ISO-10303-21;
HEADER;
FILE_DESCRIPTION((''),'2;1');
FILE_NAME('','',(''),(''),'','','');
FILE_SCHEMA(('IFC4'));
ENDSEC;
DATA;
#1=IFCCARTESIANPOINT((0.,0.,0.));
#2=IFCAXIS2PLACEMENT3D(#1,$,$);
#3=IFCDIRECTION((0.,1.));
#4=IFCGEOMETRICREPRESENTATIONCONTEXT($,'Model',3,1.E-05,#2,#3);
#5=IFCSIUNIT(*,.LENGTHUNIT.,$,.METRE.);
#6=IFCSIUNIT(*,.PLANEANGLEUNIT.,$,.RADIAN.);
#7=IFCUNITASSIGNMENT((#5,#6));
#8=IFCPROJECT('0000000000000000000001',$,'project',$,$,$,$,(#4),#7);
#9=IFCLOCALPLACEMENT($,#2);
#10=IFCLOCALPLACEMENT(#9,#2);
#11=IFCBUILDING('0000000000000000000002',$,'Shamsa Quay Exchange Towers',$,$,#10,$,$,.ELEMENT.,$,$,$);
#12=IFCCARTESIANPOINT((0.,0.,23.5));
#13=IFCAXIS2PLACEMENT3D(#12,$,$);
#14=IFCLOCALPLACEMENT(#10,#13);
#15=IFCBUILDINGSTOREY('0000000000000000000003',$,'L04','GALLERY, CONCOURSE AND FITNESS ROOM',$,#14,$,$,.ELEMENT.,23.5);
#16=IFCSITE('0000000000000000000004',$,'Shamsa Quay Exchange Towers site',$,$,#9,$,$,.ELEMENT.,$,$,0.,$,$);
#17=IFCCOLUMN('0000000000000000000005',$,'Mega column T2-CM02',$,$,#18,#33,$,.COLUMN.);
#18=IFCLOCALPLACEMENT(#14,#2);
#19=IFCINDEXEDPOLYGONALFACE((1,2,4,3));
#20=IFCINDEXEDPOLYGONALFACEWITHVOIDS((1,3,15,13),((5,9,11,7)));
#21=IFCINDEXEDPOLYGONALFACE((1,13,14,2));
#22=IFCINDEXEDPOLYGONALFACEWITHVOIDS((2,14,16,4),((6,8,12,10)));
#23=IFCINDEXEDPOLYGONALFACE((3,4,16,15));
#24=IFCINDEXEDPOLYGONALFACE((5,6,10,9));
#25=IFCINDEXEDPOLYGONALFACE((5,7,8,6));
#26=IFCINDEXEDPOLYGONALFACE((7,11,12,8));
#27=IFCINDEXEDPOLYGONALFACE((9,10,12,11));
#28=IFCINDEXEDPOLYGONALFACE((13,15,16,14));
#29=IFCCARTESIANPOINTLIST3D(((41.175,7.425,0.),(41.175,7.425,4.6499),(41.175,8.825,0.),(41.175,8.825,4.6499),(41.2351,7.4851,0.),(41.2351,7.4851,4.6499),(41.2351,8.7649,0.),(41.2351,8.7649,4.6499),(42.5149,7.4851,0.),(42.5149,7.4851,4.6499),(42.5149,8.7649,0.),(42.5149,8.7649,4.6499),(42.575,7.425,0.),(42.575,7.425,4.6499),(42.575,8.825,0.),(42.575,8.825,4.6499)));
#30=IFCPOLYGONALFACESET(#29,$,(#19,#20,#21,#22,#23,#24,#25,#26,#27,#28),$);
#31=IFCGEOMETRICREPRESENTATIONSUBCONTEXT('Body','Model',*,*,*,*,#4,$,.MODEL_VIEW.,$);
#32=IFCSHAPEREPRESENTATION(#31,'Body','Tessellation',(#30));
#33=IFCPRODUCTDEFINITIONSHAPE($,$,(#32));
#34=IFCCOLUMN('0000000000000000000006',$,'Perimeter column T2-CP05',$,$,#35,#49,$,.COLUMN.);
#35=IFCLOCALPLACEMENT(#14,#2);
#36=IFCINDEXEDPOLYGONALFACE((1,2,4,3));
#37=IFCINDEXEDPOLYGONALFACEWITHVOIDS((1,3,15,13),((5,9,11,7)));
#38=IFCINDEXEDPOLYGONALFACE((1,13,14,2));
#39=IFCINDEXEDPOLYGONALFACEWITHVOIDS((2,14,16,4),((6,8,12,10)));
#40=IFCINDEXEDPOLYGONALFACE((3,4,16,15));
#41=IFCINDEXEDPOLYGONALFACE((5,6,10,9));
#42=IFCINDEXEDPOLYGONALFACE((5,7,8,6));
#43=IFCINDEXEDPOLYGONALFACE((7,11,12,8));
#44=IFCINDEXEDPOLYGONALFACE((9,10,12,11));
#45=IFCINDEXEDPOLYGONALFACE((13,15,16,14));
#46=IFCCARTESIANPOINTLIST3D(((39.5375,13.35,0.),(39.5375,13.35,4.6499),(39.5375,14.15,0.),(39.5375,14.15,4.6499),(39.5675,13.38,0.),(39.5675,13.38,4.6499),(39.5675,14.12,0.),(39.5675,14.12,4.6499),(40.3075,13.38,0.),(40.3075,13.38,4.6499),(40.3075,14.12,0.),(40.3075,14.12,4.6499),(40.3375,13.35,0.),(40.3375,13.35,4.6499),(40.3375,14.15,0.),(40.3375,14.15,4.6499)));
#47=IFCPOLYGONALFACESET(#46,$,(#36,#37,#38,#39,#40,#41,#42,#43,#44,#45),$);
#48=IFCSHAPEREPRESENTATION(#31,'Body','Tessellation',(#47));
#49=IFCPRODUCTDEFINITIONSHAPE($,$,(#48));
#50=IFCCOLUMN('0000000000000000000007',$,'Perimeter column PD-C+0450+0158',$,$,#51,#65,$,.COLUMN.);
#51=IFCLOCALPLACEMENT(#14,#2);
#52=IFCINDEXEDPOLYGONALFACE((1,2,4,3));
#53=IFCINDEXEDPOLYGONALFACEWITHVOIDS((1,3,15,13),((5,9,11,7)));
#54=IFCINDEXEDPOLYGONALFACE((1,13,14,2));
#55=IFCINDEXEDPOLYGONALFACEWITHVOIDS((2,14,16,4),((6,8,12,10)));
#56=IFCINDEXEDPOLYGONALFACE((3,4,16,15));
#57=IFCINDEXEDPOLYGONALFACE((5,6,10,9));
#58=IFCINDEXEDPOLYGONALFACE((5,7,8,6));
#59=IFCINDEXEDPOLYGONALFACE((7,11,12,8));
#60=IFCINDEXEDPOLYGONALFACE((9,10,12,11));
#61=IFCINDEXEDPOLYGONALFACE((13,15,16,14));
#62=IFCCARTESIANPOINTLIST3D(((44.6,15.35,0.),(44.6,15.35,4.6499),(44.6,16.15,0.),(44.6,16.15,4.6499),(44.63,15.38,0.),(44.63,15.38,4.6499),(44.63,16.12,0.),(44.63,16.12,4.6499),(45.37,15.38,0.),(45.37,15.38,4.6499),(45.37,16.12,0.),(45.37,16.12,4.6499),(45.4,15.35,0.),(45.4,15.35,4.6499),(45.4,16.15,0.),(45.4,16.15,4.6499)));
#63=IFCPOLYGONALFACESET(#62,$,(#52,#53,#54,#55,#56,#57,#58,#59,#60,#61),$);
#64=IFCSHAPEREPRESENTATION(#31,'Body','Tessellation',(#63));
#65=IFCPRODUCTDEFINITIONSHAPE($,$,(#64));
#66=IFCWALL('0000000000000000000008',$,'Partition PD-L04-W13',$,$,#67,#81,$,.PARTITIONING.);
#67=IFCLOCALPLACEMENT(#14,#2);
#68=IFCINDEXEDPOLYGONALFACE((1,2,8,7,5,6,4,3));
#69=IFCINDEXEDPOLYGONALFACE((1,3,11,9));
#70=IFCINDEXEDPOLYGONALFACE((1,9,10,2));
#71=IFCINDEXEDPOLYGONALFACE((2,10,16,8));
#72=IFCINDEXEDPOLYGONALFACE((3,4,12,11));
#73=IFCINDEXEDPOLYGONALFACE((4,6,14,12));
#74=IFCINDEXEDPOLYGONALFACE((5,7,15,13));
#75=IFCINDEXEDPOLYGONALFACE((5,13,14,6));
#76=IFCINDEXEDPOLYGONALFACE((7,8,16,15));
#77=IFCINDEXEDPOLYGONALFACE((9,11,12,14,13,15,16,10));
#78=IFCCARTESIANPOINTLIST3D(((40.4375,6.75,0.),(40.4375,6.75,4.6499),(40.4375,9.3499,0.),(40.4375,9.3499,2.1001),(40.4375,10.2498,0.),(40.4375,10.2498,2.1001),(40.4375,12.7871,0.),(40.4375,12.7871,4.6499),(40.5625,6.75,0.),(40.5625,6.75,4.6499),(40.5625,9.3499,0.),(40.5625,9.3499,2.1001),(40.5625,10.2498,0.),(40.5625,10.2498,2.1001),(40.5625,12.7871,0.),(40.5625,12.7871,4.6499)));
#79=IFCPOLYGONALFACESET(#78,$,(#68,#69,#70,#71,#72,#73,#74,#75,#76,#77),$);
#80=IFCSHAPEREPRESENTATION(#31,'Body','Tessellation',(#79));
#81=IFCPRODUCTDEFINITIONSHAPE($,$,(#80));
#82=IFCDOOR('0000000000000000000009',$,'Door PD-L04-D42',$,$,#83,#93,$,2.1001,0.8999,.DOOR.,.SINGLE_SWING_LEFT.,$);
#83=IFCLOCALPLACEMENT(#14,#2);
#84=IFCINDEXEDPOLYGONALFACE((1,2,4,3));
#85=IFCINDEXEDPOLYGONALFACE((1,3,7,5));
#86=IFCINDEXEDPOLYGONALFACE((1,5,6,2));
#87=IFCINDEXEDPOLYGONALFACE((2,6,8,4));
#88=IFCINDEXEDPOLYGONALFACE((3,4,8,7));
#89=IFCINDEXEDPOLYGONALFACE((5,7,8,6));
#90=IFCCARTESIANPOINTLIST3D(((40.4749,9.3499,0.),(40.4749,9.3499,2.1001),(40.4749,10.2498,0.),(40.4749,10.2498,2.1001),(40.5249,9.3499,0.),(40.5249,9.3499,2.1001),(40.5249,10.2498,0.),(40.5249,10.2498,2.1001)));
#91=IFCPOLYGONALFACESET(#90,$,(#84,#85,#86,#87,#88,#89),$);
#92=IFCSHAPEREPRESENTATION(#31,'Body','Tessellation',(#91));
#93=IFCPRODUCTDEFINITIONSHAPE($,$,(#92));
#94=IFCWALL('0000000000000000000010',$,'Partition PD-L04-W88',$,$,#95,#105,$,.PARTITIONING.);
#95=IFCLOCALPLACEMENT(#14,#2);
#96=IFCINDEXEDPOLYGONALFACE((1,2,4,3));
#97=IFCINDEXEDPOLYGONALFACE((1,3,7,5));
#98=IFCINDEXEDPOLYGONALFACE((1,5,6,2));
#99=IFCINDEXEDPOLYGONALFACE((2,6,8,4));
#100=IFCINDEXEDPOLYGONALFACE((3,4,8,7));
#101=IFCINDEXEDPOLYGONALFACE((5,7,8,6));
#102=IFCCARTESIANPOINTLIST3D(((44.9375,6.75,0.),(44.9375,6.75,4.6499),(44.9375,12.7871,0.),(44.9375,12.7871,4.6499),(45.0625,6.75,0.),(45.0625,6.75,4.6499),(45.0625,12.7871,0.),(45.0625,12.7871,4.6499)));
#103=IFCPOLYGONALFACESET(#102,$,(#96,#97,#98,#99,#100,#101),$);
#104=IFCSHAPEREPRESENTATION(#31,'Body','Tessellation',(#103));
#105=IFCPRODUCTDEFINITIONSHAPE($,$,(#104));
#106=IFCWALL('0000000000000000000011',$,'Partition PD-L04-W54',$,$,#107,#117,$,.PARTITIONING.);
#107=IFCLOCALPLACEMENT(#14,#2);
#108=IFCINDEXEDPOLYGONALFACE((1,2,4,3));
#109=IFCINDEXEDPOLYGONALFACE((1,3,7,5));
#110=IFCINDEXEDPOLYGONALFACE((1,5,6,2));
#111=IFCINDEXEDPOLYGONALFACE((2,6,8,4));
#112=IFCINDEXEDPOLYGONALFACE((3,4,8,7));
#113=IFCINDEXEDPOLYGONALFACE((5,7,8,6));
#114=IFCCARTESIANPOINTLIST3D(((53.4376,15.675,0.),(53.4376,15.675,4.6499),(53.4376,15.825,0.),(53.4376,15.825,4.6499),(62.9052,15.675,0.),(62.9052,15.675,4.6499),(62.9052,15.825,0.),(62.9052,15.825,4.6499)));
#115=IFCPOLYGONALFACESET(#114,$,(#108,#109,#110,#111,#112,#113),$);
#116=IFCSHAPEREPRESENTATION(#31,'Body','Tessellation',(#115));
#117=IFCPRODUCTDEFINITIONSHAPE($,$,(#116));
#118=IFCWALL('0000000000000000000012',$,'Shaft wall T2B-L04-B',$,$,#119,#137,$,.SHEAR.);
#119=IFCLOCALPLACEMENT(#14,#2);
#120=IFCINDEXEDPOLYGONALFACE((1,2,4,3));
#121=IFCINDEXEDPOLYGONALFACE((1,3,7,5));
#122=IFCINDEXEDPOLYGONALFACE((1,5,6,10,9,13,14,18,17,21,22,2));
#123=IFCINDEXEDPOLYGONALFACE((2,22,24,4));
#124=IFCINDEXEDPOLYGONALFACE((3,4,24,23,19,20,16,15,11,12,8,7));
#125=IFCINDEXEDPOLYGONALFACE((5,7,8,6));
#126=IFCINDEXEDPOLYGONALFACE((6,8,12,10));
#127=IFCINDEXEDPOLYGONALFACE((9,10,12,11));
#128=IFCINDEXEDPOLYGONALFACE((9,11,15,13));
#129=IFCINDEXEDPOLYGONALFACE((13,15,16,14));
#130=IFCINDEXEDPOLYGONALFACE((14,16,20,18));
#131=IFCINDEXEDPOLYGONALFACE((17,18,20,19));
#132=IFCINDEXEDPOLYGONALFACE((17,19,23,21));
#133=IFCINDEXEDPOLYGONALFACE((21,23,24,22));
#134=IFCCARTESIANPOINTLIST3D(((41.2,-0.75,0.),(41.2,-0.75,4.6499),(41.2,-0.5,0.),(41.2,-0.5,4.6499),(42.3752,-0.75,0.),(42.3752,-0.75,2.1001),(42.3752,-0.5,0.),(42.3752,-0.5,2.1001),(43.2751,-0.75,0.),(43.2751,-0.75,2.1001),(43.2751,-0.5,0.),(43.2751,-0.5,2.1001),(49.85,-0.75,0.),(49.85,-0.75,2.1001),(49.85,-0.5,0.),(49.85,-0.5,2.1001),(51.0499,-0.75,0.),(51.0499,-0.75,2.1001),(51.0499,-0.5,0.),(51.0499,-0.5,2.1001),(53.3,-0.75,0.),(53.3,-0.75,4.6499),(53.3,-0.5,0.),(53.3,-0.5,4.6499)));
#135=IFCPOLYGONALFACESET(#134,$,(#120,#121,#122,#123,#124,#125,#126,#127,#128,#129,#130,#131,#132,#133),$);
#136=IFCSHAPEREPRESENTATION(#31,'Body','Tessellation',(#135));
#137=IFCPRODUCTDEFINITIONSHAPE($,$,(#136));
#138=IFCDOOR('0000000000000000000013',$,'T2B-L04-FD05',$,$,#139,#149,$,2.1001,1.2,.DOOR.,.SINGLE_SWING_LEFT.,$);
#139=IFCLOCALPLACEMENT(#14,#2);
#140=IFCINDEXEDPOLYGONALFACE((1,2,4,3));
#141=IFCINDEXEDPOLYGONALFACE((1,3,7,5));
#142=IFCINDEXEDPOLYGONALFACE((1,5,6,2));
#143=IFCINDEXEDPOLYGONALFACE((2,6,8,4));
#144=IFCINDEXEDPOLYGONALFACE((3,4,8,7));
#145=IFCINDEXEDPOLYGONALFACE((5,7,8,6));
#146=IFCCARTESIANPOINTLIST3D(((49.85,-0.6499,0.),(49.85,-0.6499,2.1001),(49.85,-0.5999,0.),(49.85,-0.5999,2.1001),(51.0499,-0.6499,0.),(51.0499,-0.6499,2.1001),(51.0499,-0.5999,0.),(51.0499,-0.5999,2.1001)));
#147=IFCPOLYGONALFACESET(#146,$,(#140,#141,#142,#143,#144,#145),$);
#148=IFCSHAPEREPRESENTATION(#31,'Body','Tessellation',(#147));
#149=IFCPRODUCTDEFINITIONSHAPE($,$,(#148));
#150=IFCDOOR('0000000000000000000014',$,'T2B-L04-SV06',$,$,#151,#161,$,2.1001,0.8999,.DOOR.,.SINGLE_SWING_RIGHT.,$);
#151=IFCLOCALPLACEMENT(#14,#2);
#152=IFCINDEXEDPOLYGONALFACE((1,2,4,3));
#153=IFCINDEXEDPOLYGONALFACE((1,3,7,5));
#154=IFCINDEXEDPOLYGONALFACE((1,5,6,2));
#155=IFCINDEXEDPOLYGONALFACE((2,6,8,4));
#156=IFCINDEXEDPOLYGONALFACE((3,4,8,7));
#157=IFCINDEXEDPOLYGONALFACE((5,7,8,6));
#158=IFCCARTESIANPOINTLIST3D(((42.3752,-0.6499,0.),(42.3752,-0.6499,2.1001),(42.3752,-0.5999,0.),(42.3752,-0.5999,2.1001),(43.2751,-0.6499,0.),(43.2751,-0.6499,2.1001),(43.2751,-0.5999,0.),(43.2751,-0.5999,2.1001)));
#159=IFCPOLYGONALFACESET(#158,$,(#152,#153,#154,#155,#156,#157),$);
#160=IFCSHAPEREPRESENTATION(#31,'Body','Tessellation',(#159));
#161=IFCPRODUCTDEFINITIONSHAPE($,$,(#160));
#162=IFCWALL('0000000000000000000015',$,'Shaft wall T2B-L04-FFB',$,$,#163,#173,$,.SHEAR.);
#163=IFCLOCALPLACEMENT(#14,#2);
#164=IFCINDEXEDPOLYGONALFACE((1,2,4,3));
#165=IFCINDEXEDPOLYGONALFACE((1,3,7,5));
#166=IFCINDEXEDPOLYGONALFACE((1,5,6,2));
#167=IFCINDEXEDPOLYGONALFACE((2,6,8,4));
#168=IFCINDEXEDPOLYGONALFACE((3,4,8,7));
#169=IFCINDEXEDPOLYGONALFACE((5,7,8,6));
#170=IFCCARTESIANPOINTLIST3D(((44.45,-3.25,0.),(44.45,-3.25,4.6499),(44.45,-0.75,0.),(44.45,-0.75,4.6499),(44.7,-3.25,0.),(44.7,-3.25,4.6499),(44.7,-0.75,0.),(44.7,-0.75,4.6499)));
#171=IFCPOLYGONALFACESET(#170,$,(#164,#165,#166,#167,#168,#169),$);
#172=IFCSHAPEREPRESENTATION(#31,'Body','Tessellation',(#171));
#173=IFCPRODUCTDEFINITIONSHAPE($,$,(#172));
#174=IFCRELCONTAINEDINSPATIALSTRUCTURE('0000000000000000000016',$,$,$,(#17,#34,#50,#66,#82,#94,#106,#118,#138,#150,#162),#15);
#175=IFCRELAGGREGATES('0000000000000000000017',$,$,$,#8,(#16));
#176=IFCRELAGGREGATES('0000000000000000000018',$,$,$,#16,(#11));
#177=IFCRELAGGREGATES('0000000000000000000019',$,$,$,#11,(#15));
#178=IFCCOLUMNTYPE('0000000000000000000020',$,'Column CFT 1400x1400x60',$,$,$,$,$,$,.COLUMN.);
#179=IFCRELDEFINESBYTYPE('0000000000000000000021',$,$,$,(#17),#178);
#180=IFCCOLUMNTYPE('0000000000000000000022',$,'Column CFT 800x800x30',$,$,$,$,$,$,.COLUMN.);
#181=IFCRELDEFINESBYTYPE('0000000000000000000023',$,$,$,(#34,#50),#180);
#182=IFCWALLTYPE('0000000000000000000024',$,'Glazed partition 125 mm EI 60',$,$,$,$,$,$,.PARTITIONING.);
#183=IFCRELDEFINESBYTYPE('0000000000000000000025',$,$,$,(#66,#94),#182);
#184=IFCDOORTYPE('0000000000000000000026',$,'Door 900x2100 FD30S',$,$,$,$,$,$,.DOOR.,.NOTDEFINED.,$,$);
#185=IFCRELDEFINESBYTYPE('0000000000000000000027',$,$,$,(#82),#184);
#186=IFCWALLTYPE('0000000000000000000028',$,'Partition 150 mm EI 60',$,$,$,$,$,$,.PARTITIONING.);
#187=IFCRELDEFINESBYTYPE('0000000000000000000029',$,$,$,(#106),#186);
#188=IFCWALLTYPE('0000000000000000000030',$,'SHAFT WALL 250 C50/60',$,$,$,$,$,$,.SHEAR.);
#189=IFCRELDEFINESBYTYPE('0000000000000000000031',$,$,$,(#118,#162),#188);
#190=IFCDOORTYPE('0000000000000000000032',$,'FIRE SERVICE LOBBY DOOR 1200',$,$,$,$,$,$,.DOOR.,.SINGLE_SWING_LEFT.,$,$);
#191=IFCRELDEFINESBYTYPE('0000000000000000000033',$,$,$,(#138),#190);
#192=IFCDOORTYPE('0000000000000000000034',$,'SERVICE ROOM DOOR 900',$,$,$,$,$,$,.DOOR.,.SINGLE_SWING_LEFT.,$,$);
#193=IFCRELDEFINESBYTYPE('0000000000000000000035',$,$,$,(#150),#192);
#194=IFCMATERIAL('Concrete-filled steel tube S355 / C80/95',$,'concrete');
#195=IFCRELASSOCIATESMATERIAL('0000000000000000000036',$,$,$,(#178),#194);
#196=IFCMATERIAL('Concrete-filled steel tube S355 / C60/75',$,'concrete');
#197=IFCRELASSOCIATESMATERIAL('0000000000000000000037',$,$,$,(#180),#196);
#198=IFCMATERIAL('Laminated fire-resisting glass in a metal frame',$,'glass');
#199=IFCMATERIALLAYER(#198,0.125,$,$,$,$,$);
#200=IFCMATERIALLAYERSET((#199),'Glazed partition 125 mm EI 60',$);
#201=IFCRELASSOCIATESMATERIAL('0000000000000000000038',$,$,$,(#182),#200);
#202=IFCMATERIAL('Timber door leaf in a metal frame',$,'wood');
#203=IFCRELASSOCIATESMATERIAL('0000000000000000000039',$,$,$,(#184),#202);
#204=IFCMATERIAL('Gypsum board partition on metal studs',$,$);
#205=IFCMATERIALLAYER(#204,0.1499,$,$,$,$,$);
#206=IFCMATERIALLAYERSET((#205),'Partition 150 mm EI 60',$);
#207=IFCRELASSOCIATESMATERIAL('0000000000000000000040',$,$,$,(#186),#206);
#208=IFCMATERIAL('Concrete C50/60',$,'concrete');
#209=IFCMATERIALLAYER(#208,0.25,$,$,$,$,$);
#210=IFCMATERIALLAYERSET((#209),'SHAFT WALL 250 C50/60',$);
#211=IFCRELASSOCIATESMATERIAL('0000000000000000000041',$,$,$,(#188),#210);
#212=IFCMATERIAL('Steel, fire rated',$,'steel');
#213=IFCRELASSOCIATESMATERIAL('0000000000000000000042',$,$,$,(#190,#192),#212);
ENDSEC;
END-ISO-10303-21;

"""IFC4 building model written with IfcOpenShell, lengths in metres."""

from ifc_helpers import new_model, si_unit, direction, frame, frame_2d, origin, origin_2d, place, context, subcontext, project, spatial, rectangle, hollow_rectangle, extrude, material, layer, layer_set, material_profile, profile_set, type_object, element, fill, save


model = new_model("IFC4")

# Units and contexts
model_context = context("Model", 3, precision=1e-05, world=origin(), true_north=direction((0.0, 1.0)))
body_context = subcontext(model_context, "Body", "Model", "MODEL_VIEW")
ifc_project = project(units=[si_unit("LENGTHUNIT", "METRE"), si_unit("PLANEANGLEUNIT", "RADIAN")], contexts=[model_context])

# Site, building, storey
site_placement = place(None, origin())
site = spatial("IfcSite", under=ifc_project, at=site_placement, Name="Shamsa Quay Exchange Towers site", CompositionType="ELEMENT", RefElevation=0.0)
building_placement = place(site_placement, origin())
building = spatial("IfcBuilding", under=site, at=building_placement, Name="Shamsa Quay Exchange Towers", CompositionType="ELEMENT")
storey_placement = place(building_placement, frame((0.0, 0.0, 23.5)))
storey = spatial("IfcBuildingStorey", under=building, at=storey_placement, Name="L04", Description="GALLERY, CONCOURSE AND FITNESS ROOM", CompositionType="ELEMENT", Elevation=23.5)

# Columns
ifc_material_1 = material(Name="Concrete-filled steel tube S355 / C80/95", Category="concrete")
ifc_material_profile_1 = material_profile(ifc_material_1, hollow_rectangle(XDim=1.3999, YDim=1.3999, WallThickness=0.0601, at=origin_2d()), Name="CFT 1400x1400x60")
ifc_profile_set_1 = profile_set([ifc_material_profile_1], Name="Concrete-filled steel tube S355 / C80/95")
column_type_1 = type_object("IfcColumnType", Name="Column CFT 1400x1400x60", PredefinedType="COLUMN", material=ifc_profile_set_1)
column_placement = place(storey_placement, frame((41.875, 8.125, 0.0)))
element("IfcColumn", 1, at=column_placement, inside=storey, type_object=column_type_1, Name="Mega column T2-CM02", PredefinedType="COLUMN", context=body_context, shape_type="SweptSolid", body=[
    extrude(hollow_rectangle(XDim=1.3999, YDim=1.3999, WallThickness=0.0601, at=origin_2d()), origin(), (0.0, 0.0, 1.0), 4.6499),
])
ifc_material_2 = material(Name="Concrete-filled steel tube S355 / C60/75", Category="concrete")
ifc_material_profile_2 = material_profile(ifc_material_2, hollow_rectangle(XDim=0.8, YDim=0.8, WallThickness=0.03, at=origin_2d()), Name="CFT 800x800x30")
ifc_profile_set_2 = profile_set([ifc_material_profile_2], Name="Concrete-filled steel tube S355 / C60/75")
column_type_2 = type_object("IfcColumnType", Name="Column CFT 800x800x30", PredefinedType="COLUMN", material=ifc_profile_set_2)
for number, where, name in (
    (2, (39.9375, 13.75, 0.0), "Perimeter column T2-CP05"),
    (3, (45.0, 15.75, 0.0), "Perimeter column PD-C+0450+0158"),
):
    element("IfcColumn", number, at=place(storey_placement, frame(where)), inside=storey, type_object=column_type_2, Name=name, PredefinedType="COLUMN", context=body_context, shape_type="SweptSolid", body=[
        extrude(hollow_rectangle(XDim=0.8, YDim=0.8, WallThickness=0.03, at=origin_2d()), origin(), (0.0, 0.0, 1.0), 4.6499),
    ])

# Wall, opening, door
ifc_material_3 = material(Name="Laminated fire-resisting glass in a metal frame", Category="glass")
ifc_layer_1 = layer(ifc_material_3, 0.125)
ifc_layer_set_1 = layer_set([ifc_layer_1], Name="Glazed partition 125 mm EI 60")
wall_type_1 = type_object("IfcWallType", Name="Glazed partition 125 mm EI 60", PredefinedType="PARTITIONING", material=ifc_layer_set_1)
wall_1_placement = place(storey_placement, frame((40.5, 12.7871, 0.0), z_axis=(0.0, 0.0, 1.0), x_axis=(0.0, -1.0, 0.0)))
wall_1 = element("IfcWall", 4, at=wall_1_placement, inside=storey, type_object=wall_type_1, Name="Partition PD-L04-W13", PredefinedType="PARTITIONING", context=body_context, shape_type="SweptSolid", body=[
    extrude(rectangle(XDim=6.0371, YDim=0.125, at=frame_2d((3.0186, 0.0))), origin(), (0.0, 0.0, 1.0), 4.6499),
])
opening_1_placement = place(wall_1_placement, frame((2.5374, 0.0, 0.0)))
opening_1 = element("IfcOpeningElement", 5, at=opening_1_placement, cuts=wall_1, PredefinedType="OPENING", context=body_context, shape_type="SweptSolid", body=[
    extrude(rectangle(XDim=0.8999, YDim=2.1001, at=frame_2d((0.45, 1.05))), frame((0.0, 0.0725, 0.0), z_axis=(0.0, -1.0, 0.0), x_axis=(1.0, 0.0, 0.0)), (0.0, 0.0, 1.0), 0.145),
])
ifc_material_4 = material(Name="Timber door leaf in a metal frame", Category="wood")
door_type_1 = type_object("IfcDoorType", Name="Door 900x2100 FD30S", OperationType="NOTDEFINED", PredefinedType="DOOR", material=ifc_material_4)
door_1_placement = place(opening_1_placement, origin())
door_1 = element("IfcDoor", 6, at=door_1_placement, inside=storey, type_object=door_type_1, Name="Door PD-L04-D42", OperationType="SINGLE_SWING_LEFT", OverallHeight=2.1001, OverallWidth=0.8999, PredefinedType="DOOR", context=body_context, shape_type="SweptSolid", body=[
    extrude(rectangle(XDim=0.8999, YDim=2.1001, at=frame_2d((0.45, 1.05))), frame((0.0, 0.0249, 0.0), z_axis=(0.0, -1.0, 0.0), x_axis=(1.0, 0.0, 0.0)), (0.0, 0.0, 1.0), 0.05),
])
fill(opening_1, door_1)

# Walls
wall_2_placement = place(storey_placement, frame((45.0, 12.7871, 0.0), z_axis=(0.0, 0.0, 1.0), x_axis=(0.0, -1.0, 0.0)))
element("IfcWall", 7, at=wall_2_placement, inside=storey, type_object=wall_type_1, Name="Partition PD-L04-W88", PredefinedType="PARTITIONING", context=body_context, shape_type="SweptSolid", body=[
    extrude(rectangle(XDim=6.0371, YDim=0.125, at=frame_2d((3.0186, 0.0))), origin(), (0.0, 0.0, 1.0), 4.6499),
])
ifc_material_5 = material(Name="Gypsum board partition on metal studs")
ifc_layer_2 = layer(ifc_material_5, 0.1499)
ifc_layer_set_2 = layer_set([ifc_layer_2], Name="Partition 150 mm EI 60")
wall_type_2 = type_object("IfcWallType", Name="Partition 150 mm EI 60", PredefinedType="PARTITIONING", material=ifc_layer_set_2)
wall_3_placement = place(storey_placement, frame((53.4375, 15.75, 0.0)))
element("IfcWall", 8, at=wall_3_placement, inside=storey, type_object=wall_type_2, Name="Partition PD-L04-W54", PredefinedType="PARTITIONING", context=body_context, shape_type="SweptSolid", body=[
    extrude(rectangle(XDim=9.4675, YDim=0.1499, at=frame_2d((4.7339, 0.0))), origin(), (0.0, 0.0, 1.0), 4.6499),
])

# Wall, openings, doors
ifc_material_6 = material(Name="Concrete C50/60", Category="concrete")
ifc_layer_3 = layer(ifc_material_6, 0.25)
ifc_layer_set_3 = layer_set([ifc_layer_3], Name="SHAFT WALL 250 C50/60")
wall_type_3 = type_object("IfcWallType", Name="SHAFT WALL 250 C50/60", PredefinedType="SHEAR", material=ifc_layer_set_3)
wall_4_placement = place(storey_placement, frame((53.3, -0.625, 0.0), z_axis=(0.0, 0.0, 1.0), x_axis=(-1.0, 0.0, 0.0)))
wall_4 = element("IfcWall", 9, at=wall_4_placement, inside=storey, type_object=wall_type_3, Name="Shaft wall T2B-L04-B", PredefinedType="SHEAR", context=body_context, shape_type="SweptSolid", body=[
    extrude(rectangle(XDim=12.1001, YDim=0.25, at=frame_2d((6.05, 0.0))), origin(), (0.0, 0.0, 1.0), 4.6499),
])
opening_2_placement = place(wall_4_placement, frame((2.25, 0.0, 0.0)))
opening_2 = element("IfcOpeningElement", 10, at=opening_2_placement, cuts=wall_4, PredefinedType="OPENING", context=body_context, shape_type="SweptSolid", body=[
    extrude(rectangle(XDim=1.2, YDim=2.1001, at=frame_2d((0.6001, 1.05))), frame((0.0, 0.135, 0.0), z_axis=(0.0, -1.0, 0.0), x_axis=(1.0, 0.0, 0.0)), (0.0, 0.0, 1.0), 0.27),
])
opening_3_placement = place(wall_4_placement, frame((10.0249, 0.0, 0.0)))
opening_3 = element("IfcOpeningElement", 11, at=opening_3_placement, cuts=wall_4, PredefinedType="OPENING", context=body_context, shape_type="SweptSolid", body=[
    extrude(rectangle(XDim=0.8999, YDim=2.1001, at=frame_2d((0.45, 1.05))), frame((0.0, 0.135, 0.0), z_axis=(0.0, -1.0, 0.0), x_axis=(1.0, 0.0, 0.0)), (0.0, 0.0, 1.0), 0.27),
])
ifc_material_7 = material(Name="Steel, fire rated", Category="steel")
door_type_2 = type_object("IfcDoorType", Name="FIRE SERVICE LOBBY DOOR 1200", OperationType="SINGLE_SWING_LEFT", PredefinedType="DOOR", material=ifc_material_7)
door_2_placement = place(opening_2_placement, origin())
door_2 = element("IfcDoor", 12, at=door_2_placement, inside=storey, type_object=door_type_2, Name="T2B-L04-FD05", OperationType="SINGLE_SWING_LEFT", OverallHeight=2.1001, OverallWidth=1.2, PredefinedType="DOOR", context=body_context, shape_type="SweptSolid", body=[
    extrude(rectangle(XDim=1.2, YDim=2.1001, at=frame_2d((0.6001, 1.05))), frame((0.0, 0.0249, 0.0), z_axis=(0.0, -1.0, 0.0), x_axis=(1.0, 0.0, 0.0)), (0.0, 0.0, 1.0), 0.05),
])
fill(opening_2, door_2)
door_type_3 = type_object("IfcDoorType", Name="SERVICE ROOM DOOR 900", OperationType="SINGLE_SWING_LEFT", PredefinedType="DOOR", material=ifc_material_7)
door_3_placement = place(opening_3_placement, origin())
door_3 = element("IfcDoor", 13, at=door_3_placement, inside=storey, type_object=door_type_3, Name="T2B-L04-SV06", OperationType="SINGLE_SWING_RIGHT", OverallHeight=2.1001, OverallWidth=0.8999, PredefinedType="DOOR", context=body_context, shape_type="SweptSolid", body=[
    extrude(rectangle(XDim=0.8999, YDim=2.1001, at=frame_2d((0.45, 1.05))), frame((0.0, 0.0249, 0.0), z_axis=(0.0, -1.0, 0.0), x_axis=(1.0, 0.0, 0.0)), (0.0, 0.0, 1.0), 0.05),
])
fill(opening_3, door_3)

# Wall
wall_5_placement = place(storey_placement, frame((44.575, -3.25, 0.0), z_axis=(0.0, 0.0, 1.0), x_axis=(0.0, 1.0, 0.0)))
element("IfcWall", 14, at=wall_5_placement, inside=storey, type_object=wall_type_3, Name="Shaft wall T2B-L04-FFB", PredefinedType="SHEAR", context=body_context, shape_type="SweptSolid", body=[
    extrude(rectangle(XDim=2.5, YDim=0.25, at=frame_2d((1.25, 0.0))), origin(), (0.0, 0.0, 1.0), 4.6499),
])

save(model, "model.ifc")
